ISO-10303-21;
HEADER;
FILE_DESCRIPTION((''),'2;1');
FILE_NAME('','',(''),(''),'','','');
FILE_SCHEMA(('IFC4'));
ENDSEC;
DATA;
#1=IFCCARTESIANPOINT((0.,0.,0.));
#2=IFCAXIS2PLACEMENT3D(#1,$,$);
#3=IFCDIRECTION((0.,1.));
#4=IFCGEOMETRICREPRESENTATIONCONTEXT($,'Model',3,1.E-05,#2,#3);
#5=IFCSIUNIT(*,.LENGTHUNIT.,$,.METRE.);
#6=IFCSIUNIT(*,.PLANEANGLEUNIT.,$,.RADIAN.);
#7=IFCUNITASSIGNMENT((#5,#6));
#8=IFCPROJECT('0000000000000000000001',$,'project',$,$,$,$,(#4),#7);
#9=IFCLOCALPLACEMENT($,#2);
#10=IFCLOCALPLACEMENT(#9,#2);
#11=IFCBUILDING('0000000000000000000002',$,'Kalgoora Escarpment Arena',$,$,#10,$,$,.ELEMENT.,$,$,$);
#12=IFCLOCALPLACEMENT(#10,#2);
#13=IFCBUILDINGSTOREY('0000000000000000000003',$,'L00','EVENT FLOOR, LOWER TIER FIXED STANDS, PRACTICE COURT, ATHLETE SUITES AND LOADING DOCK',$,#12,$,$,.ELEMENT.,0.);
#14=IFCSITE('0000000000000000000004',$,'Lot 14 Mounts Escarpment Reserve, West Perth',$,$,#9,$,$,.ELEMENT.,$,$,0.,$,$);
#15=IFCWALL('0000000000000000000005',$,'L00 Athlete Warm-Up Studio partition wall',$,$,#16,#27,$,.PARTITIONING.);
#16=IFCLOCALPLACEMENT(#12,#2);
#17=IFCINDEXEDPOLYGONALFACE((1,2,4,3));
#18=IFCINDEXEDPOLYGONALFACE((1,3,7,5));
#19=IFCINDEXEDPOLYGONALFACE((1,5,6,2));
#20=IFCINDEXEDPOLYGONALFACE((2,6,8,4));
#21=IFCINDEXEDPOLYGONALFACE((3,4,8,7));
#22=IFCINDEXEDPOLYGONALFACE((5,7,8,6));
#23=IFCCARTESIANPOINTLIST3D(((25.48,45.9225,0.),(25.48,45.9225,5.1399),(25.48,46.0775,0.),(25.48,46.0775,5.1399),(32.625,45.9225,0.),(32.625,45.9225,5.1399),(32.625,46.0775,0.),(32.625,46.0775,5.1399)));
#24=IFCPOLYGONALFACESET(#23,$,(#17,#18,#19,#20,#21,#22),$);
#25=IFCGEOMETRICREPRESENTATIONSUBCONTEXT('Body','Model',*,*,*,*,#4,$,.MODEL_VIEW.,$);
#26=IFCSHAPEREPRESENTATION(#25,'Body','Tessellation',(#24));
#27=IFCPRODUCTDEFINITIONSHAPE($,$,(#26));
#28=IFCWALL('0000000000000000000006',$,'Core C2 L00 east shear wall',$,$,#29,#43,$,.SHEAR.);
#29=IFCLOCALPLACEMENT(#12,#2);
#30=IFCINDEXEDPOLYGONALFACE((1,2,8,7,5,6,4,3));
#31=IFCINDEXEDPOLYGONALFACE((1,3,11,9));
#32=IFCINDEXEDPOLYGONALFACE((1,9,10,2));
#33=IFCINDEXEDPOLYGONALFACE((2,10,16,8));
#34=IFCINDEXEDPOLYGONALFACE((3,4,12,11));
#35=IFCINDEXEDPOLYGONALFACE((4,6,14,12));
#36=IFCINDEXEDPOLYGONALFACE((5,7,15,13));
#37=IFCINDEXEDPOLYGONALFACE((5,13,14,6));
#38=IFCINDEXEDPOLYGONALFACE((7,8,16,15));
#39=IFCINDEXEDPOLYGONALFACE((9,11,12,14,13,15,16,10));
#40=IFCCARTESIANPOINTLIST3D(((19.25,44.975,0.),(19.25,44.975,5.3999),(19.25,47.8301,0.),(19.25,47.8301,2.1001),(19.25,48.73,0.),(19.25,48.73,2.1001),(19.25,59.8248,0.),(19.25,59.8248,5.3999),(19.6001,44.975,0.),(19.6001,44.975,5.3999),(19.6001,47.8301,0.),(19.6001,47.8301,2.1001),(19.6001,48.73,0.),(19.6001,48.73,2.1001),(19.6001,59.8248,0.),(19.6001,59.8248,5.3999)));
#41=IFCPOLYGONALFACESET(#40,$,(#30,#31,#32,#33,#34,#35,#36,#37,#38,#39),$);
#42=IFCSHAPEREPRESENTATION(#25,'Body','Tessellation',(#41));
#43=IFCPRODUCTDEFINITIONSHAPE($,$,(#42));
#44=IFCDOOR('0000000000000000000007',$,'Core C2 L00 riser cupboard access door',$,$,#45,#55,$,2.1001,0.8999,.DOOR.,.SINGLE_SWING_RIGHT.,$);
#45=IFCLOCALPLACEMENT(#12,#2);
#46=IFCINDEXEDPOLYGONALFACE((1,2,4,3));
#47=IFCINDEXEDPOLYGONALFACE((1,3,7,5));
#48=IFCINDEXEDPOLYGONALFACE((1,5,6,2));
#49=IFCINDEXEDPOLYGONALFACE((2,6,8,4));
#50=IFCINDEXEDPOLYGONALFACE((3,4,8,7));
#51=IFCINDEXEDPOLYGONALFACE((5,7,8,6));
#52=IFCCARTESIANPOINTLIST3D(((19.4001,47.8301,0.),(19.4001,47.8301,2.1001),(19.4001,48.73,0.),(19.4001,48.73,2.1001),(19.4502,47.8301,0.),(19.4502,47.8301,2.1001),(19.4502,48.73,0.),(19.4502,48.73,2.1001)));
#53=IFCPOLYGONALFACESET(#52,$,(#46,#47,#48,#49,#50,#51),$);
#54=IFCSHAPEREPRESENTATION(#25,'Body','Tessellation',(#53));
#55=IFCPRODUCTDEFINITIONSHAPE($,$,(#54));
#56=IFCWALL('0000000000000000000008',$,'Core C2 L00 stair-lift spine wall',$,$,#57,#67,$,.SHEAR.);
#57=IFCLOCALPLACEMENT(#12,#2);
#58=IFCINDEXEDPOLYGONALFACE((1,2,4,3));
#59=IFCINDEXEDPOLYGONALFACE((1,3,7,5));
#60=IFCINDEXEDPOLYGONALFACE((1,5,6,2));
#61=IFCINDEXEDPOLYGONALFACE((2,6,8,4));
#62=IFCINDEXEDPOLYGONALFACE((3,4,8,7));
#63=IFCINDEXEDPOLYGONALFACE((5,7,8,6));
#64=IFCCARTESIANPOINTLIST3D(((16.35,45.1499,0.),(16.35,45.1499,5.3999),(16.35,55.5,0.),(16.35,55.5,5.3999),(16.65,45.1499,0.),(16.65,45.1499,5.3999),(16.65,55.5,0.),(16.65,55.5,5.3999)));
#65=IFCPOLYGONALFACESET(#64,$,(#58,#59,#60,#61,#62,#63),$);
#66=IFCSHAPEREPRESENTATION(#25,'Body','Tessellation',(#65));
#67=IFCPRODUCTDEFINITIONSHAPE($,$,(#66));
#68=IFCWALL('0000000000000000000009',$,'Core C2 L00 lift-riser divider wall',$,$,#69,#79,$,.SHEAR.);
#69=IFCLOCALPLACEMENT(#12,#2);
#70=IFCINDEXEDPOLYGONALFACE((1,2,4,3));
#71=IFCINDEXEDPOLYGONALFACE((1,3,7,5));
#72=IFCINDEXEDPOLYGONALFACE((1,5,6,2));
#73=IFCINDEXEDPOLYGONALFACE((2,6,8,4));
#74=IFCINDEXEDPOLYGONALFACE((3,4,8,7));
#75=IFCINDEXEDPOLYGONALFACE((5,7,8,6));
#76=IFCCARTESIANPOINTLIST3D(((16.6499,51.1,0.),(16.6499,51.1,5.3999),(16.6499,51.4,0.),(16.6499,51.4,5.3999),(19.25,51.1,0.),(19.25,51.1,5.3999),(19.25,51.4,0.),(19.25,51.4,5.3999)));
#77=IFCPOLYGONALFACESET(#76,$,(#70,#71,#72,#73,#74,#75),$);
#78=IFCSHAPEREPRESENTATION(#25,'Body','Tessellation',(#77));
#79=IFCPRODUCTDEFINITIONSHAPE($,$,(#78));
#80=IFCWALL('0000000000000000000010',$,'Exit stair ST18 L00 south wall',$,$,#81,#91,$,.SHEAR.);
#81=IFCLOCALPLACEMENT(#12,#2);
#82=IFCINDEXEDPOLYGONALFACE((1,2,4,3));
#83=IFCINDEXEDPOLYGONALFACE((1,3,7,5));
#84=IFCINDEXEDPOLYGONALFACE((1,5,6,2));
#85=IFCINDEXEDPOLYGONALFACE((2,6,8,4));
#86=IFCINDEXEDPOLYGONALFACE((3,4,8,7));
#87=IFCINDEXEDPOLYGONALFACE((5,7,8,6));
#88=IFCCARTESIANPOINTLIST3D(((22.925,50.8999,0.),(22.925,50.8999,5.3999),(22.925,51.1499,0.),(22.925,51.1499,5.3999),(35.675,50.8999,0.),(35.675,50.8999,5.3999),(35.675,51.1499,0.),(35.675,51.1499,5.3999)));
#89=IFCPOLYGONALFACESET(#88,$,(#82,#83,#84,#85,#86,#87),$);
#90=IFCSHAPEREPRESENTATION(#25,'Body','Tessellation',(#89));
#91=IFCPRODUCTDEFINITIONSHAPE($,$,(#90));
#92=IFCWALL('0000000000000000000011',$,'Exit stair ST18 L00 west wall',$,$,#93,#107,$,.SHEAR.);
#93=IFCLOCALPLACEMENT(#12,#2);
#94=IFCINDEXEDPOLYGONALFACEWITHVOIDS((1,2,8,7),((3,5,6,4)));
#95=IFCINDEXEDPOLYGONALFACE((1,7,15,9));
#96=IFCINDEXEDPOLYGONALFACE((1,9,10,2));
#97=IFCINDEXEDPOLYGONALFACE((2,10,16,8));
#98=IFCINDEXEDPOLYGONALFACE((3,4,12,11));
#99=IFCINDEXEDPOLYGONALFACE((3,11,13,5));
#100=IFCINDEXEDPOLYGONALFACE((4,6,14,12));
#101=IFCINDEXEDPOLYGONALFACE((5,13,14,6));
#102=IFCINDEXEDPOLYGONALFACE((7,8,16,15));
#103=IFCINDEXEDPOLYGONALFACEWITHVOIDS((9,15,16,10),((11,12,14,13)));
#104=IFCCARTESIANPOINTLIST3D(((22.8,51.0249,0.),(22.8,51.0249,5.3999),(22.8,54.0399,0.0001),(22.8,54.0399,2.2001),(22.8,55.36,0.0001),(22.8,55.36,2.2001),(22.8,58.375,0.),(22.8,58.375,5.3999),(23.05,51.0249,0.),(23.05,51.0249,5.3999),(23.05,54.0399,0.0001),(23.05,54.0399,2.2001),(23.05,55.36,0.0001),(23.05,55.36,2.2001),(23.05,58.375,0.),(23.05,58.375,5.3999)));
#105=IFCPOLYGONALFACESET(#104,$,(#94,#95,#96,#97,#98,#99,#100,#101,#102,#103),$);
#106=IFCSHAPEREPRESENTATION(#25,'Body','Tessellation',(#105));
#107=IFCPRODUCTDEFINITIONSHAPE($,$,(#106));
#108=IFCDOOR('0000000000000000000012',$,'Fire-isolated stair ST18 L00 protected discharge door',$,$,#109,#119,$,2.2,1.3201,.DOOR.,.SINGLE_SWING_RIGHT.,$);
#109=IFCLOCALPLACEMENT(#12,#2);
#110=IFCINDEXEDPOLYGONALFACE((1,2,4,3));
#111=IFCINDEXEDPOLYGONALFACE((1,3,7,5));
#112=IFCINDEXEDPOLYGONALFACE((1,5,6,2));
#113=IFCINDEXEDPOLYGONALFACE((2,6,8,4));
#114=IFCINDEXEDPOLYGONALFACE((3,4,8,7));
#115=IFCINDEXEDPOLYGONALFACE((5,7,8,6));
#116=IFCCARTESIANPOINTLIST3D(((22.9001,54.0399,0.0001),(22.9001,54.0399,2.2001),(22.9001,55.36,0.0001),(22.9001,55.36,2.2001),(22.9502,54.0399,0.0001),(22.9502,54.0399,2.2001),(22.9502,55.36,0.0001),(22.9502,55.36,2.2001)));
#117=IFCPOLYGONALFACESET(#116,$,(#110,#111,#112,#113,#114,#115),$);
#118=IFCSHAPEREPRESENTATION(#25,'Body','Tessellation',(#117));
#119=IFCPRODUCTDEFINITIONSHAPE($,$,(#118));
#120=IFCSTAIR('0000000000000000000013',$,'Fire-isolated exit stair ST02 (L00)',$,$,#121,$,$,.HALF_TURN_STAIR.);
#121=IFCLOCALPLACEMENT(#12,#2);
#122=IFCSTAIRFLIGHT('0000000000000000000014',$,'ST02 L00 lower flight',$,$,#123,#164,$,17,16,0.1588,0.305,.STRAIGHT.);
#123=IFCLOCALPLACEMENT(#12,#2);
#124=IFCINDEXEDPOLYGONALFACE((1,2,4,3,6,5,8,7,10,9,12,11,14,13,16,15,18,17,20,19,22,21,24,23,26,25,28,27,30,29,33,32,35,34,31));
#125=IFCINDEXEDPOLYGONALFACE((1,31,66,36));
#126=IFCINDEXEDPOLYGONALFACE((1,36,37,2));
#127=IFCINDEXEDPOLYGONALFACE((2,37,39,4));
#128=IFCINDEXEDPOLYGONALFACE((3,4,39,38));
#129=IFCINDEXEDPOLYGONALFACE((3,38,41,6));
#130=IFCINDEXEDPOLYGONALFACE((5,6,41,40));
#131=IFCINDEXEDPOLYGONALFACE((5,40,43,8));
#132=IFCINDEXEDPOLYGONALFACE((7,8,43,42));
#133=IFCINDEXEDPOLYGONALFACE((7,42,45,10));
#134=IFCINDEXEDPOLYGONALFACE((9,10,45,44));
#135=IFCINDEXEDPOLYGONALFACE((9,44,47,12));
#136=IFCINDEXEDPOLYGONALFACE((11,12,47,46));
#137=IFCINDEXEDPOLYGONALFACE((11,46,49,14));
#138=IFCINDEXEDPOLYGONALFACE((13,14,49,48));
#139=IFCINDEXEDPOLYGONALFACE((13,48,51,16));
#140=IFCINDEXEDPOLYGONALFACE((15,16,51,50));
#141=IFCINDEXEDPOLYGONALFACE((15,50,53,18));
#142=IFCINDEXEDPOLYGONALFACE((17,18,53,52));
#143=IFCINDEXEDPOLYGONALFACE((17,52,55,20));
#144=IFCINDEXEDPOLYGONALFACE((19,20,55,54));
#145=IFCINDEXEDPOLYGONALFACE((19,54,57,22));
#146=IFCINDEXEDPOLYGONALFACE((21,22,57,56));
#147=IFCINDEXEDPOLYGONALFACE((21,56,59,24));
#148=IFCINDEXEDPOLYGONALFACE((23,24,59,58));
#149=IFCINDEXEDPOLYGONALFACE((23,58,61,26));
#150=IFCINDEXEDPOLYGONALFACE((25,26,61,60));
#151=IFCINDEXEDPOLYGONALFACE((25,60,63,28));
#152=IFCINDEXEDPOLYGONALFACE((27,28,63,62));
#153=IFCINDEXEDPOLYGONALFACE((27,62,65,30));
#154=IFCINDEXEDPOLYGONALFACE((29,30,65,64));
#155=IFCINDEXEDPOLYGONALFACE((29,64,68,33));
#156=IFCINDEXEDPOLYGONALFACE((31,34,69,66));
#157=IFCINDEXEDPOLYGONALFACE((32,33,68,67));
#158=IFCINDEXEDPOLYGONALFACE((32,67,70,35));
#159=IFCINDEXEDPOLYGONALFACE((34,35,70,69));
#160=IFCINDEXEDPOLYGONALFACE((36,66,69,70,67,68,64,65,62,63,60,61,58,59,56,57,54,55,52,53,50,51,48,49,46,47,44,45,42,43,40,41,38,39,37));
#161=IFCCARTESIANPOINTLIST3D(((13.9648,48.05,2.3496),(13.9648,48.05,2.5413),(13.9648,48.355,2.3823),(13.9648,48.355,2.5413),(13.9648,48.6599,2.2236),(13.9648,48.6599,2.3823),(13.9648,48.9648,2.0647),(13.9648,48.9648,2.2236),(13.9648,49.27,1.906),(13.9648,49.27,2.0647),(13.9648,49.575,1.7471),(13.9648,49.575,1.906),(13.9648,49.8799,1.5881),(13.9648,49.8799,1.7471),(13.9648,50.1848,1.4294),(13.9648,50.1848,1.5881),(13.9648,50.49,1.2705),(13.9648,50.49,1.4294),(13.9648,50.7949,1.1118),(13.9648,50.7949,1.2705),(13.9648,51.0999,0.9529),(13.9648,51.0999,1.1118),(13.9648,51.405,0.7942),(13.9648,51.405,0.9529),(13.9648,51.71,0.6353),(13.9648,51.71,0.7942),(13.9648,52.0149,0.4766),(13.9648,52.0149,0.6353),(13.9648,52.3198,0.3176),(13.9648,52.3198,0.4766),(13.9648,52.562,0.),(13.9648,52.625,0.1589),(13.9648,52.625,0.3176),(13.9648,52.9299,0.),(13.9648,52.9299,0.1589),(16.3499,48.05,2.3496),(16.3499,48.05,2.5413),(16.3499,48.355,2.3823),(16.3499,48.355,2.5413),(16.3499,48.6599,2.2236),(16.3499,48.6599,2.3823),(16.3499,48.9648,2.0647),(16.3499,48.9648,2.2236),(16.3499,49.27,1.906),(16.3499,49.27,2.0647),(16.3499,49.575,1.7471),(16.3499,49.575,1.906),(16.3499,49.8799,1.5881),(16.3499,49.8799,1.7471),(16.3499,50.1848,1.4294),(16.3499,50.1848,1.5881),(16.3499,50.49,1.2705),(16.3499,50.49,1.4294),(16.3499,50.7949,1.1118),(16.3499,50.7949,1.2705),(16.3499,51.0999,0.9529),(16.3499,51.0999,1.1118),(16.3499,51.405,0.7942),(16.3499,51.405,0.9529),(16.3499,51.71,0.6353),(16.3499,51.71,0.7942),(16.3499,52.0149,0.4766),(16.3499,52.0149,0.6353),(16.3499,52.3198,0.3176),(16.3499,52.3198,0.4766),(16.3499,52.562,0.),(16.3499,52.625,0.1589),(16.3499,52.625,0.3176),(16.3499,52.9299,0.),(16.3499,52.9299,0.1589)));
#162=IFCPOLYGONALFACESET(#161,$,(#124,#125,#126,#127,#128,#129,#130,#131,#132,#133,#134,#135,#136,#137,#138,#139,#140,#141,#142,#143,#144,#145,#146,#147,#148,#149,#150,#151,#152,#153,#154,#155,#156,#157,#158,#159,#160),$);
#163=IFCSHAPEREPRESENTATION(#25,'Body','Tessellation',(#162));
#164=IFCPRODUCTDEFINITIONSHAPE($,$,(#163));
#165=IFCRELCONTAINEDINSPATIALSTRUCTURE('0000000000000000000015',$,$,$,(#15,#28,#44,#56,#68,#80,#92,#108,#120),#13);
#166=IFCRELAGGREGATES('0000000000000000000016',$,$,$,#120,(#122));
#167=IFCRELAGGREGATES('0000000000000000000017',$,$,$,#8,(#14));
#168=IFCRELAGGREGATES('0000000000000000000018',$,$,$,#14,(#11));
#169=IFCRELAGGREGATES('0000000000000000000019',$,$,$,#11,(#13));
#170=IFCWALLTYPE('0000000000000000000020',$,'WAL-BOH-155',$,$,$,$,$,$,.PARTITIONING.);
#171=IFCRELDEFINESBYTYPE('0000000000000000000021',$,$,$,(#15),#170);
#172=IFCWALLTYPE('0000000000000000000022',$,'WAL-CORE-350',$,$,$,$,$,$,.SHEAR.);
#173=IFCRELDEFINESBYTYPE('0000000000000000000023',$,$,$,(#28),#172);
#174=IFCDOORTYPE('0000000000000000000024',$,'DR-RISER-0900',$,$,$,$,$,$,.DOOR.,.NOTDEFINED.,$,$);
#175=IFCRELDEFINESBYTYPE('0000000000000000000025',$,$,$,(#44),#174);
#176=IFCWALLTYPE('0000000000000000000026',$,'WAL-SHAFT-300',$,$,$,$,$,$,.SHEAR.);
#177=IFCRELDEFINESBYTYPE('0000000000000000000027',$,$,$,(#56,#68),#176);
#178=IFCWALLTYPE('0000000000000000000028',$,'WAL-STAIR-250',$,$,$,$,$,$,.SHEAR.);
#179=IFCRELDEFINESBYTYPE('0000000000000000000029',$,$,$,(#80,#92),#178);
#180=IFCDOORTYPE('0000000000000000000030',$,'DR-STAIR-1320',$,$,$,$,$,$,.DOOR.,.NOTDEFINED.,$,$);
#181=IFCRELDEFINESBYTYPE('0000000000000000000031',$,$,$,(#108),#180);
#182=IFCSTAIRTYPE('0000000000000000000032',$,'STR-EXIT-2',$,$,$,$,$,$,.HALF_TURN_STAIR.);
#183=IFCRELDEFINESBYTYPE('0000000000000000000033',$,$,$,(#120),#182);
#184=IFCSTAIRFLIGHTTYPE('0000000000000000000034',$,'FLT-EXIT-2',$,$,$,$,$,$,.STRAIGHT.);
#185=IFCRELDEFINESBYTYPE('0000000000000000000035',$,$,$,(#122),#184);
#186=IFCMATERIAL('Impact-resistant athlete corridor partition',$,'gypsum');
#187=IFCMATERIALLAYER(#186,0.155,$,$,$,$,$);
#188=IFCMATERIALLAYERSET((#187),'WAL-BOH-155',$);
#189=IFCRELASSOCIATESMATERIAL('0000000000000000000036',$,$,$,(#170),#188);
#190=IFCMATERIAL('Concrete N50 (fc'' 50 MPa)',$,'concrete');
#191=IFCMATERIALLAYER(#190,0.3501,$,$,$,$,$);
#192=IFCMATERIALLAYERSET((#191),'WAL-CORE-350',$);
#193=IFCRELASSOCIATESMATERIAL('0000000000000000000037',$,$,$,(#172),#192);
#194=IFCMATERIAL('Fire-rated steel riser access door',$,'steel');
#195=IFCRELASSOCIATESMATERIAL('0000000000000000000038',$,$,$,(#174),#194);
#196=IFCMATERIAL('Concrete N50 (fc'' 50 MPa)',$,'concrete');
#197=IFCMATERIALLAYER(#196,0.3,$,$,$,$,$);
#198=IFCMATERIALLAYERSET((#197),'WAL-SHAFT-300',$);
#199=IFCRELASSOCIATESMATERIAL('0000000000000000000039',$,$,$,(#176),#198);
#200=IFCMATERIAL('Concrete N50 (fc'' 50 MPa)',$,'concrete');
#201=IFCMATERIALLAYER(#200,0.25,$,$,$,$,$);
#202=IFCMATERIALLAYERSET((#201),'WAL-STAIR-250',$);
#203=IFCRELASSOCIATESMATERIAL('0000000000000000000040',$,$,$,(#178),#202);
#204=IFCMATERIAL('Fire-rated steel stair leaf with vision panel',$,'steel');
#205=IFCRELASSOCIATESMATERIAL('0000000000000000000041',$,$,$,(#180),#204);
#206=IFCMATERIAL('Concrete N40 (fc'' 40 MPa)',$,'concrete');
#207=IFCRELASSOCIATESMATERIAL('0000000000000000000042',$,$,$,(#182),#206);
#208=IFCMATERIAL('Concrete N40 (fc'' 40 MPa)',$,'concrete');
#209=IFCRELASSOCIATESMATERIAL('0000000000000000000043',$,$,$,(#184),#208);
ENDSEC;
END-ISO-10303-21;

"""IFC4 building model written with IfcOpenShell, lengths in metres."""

from ifc_helpers import new_model, si_unit, direction, frame, frame_2d, origin, place, context, subcontext, project, spatial, polyline, rectangle, outline, extrude, material, layer, layer_set, type_object, element, fill, aggregate, save


model = new_model("IFC4")

# Units and contexts
model_context = context("Model", 3, precision=1e-05, world=origin(), true_north=direction((0.0, 1.0)))
body_context = subcontext(model_context, "Body", "Model", "MODEL_VIEW")
ifc_project = project(units=[si_unit("LENGTHUNIT", "METRE"), si_unit("PLANEANGLEUNIT", "RADIAN")], contexts=[model_context])

# Site, building, storey
site_placement = place(None, origin())
site = spatial("IfcSite", under=ifc_project, at=site_placement, Name="Lot 14 Mounts Escarpment Reserve, West Perth", CompositionType="ELEMENT", RefElevation=0.0)
building_placement = place(site_placement, origin())
building = spatial("IfcBuilding", under=site, at=building_placement, Name="Kalgoora Escarpment Arena", CompositionType="ELEMENT")
storey_placement = place(building_placement, origin())
storey = spatial("IfcBuildingStorey", under=building, at=storey_placement, Name="L00", Description="EVENT FLOOR, LOWER TIER FIXED STANDS, PRACTICE COURT, ATHLETE SUITES AND LOADING DOCK", CompositionType="ELEMENT", Elevation=0.0)

# Wall
ifc_material_1 = material(Name="Impact-resistant athlete corridor partition", Category="gypsum")
ifc_layer_1 = layer(ifc_material_1, 0.155)
ifc_layer_set_1 = layer_set([ifc_layer_1], Name="WAL-BOH-155")
wall_type_1 = type_object("IfcWallType", Name="WAL-BOH-155", PredefinedType="PARTITIONING", material=ifc_layer_set_1)
wall_1_placement = place(storey_placement, frame((25.48, 46.0, 0.0), z_axis=(0.0, 0.0, 1.0), x_axis=(1.0, 0.0, 0.0)))
element("IfcWall", 1, at=wall_1_placement, inside=storey, type_object=wall_type_1, Name="L00 Athlete Warm-Up Studio partition wall", PredefinedType="PARTITIONING", context=body_context, shape_type="SweptSolid", body=[
    extrude(rectangle(XDim=7.145, YDim=0.155, at=frame_2d((3.5725, 0.0))), origin(), (0.0, 0.0, 1.0), 5.1399),
])

# Wall, opening, door
ifc_material_2 = material(Name="Concrete N50 (fc' 50 MPa)", Category="concrete")
ifc_layer_2 = layer(ifc_material_2, 0.3501)
ifc_layer_set_2 = layer_set([ifc_layer_2], Name="WAL-CORE-350")
wall_type_2 = type_object("IfcWallType", Name="WAL-CORE-350", PredefinedType="SHEAR", material=ifc_layer_set_2)
wall_2_placement = place(storey_placement, frame((19.425, 44.9751, 0.0), z_axis=(0.0, 0.0, 1.0), x_axis=(0.0, 1.0, 0.0)))
wall_2 = element("IfcWall", 2, at=wall_2_placement, inside=storey, type_object=wall_type_2, Name="Core C2 L00 east shear wall", PredefinedType="SHEAR", context=body_context, shape_type="SweptSolid", body=[
    extrude(rectangle(XDim=14.8499, YDim=0.3501, at=frame_2d((7.4248, 0.0))), origin(), (0.0, 0.0, 1.0), 5.3999),
])
opening_1_placement = place(wall_2_placement, frame((2.855, 0.0, 0.0)))
opening_1 = element("IfcOpeningElement", 3, at=opening_1_placement, cuts=wall_2, PredefinedType="OPENING", context=body_context, shape_type="SweptSolid", body=[
    extrude(rectangle(XDim=0.8999, YDim=2.1001, at=frame_2d((0.45, 1.05))), frame((0.0, 0.1851, 0.0), z_axis=(0.0, -1.0, 0.0), x_axis=(1.0, 0.0, 0.0)), (0.0, 0.0, 1.0), 0.3701),
])
ifc_material_3 = material(Name="Fire-rated steel riser access door", Category="steel")
door_type_1 = type_object("IfcDoorType", Name="DR-RISER-0900", OperationType="NOTDEFINED", PredefinedType="DOOR", material=ifc_material_3)
door_1_placement = place(opening_1_placement, origin())
door_1 = element("IfcDoor", 4, at=door_1_placement, inside=storey, type_object=door_type_1, Name="Core C2 L00 riser cupboard access door", OperationType="SINGLE_SWING_RIGHT", OverallHeight=2.1001, OverallWidth=0.8999, PredefinedType="DOOR", context=body_context, shape_type="SweptSolid", body=[
    extrude(rectangle(XDim=0.8999, YDim=2.1001, at=frame_2d((0.45, 1.05))), frame((0.0, 0.0249, 0.0), z_axis=(0.0, -1.0, 0.0), x_axis=(1.0, 0.0, 0.0)), (0.0, 0.0, 1.0), 0.05),
])
fill(opening_1, door_1)

# Walls
ifc_material_4 = material(Name="Concrete N50 (fc' 50 MPa)", Category="concrete")
ifc_layer_3 = layer(ifc_material_4, 0.3)
ifc_layer_set_3 = layer_set([ifc_layer_3], Name="WAL-SHAFT-300")
wall_type_3 = type_object("IfcWallType", Name="WAL-SHAFT-300", PredefinedType="SHEAR", material=ifc_layer_set_3)
wall_3_placement = place(storey_placement, frame((16.5, 45.1499, 0.0), z_axis=(0.0, 0.0, 1.0), x_axis=(0.0, 1.0, 0.0)))
element("IfcWall", 5, at=wall_3_placement, inside=storey, type_object=wall_type_3, Name="Core C2 L00 stair-lift spine wall", PredefinedType="SHEAR", context=body_context, shape_type="SweptSolid", body=[
    extrude(rectangle(XDim=10.3501, YDim=0.3, at=frame_2d((5.175, 0.0))), origin(), (0.0, 0.0, 1.0), 5.3999),
])
wall_4_placement = place(storey_placement, frame((16.6499, 51.25, 0.0), z_axis=(0.0, 0.0, 1.0), x_axis=(1.0, 0.0, 0.0)))
element("IfcWall", 6, at=wall_4_placement, inside=storey, type_object=wall_type_3, Name="Core C2 L00 lift-riser divider wall", PredefinedType="SHEAR", context=body_context, shape_type="SweptSolid", body=[
    extrude(rectangle(XDim=2.6001, YDim=0.3, at=frame_2d((1.3, 0.0))), origin(), (0.0, 0.0, 1.0), 5.3999),
])
ifc_material_5 = material(Name="Concrete N50 (fc' 50 MPa)", Category="concrete")
ifc_layer_4 = layer(ifc_material_5, 0.25)
ifc_layer_set_4 = layer_set([ifc_layer_4], Name="WAL-STAIR-250")
wall_type_4 = type_object("IfcWallType", Name="WAL-STAIR-250", PredefinedType="SHEAR", material=ifc_layer_set_4)
wall_5_placement = place(storey_placement, frame((22.925, 51.0249, 0.0), z_axis=(0.0, 0.0, 1.0), x_axis=(1.0, 0.0, 0.0)))
element("IfcWall", 7, at=wall_5_placement, inside=storey, type_object=wall_type_4, Name="Exit stair ST18 L00 south wall", PredefinedType="SHEAR", context=body_context, shape_type="SweptSolid", body=[
    extrude(rectangle(XDim=12.75, YDim=0.25, at=frame_2d((6.375, 0.0))), origin(), (0.0, 0.0, 1.0), 5.3999),
])

# Wall, opening, door
wall_6_placement = place(storey_placement, frame((22.925, 51.0249, 0.0), z_axis=(0.0, 0.0, 1.0), x_axis=(0.0, 1.0, 0.0)))
wall_6 = element("IfcWall", 8, at=wall_6_placement, inside=storey, type_object=wall_type_4, Name="Exit stair ST18 L00 west wall", PredefinedType="SHEAR", context=body_context, shape_type="SweptSolid", body=[
    extrude(rectangle(XDim=7.3501, YDim=0.25, at=frame_2d((3.675, 0.0))), origin(), (0.0, 0.0, 1.0), 5.3999),
])
opening_2_placement = place(wall_6_placement, frame((3.0149, 0.0, 0.0)))
opening_2 = element("IfcOpeningElement", 9, at=opening_2_placement, cuts=wall_6, PredefinedType="OPENING", context=body_context, shape_type="SweptSolid", body=[
    extrude(rectangle(XDim=1.3201, YDim=2.2, at=frame_2d((0.6602, 1.1001))), frame((0.0, 0.135, 0.0), z_axis=(0.0, -1.0, 0.0), x_axis=(1.0, 0.0, 0.0)), (0.0, 0.0, 1.0), 0.27),
])
ifc_material_6 = material(Name="Fire-rated steel stair leaf with vision panel", Category="steel")
door_type_2 = type_object("IfcDoorType", Name="DR-STAIR-1320", OperationType="NOTDEFINED", PredefinedType="DOOR", material=ifc_material_6)
door_2_placement = place(opening_2_placement, origin())
door_2 = element("IfcDoor", 10, at=door_2_placement, inside=storey, type_object=door_type_2, Name="Fire-isolated stair ST18 L00 protected discharge door", OperationType="SINGLE_SWING_RIGHT", OverallHeight=2.2, OverallWidth=1.3201, PredefinedType="DOOR", context=body_context, shape_type="SweptSolid", body=[
    extrude(rectangle(XDim=1.3201, YDim=2.2, at=frame_2d((0.6602, 1.1001))), frame((0.0, 0.0249, 0.0), z_axis=(0.0, -1.0, 0.0), x_axis=(1.0, 0.0, 0.0)), (0.0, 0.0, 1.0), 0.05),
])
fill(opening_2, door_2)

# Stair, stair flight
ifc_material_7 = material(Name="Concrete N40 (fc' 40 MPa)", Category="concrete")
stair_type = type_object("IfcStairType", Name="STR-EXIT-2", PredefinedType="HALF_TURN_STAIR", material=ifc_material_7)
stair_placement = place(storey_placement, origin())
stair = element("IfcStair", 11, at=stair_placement, inside=storey, type_object=stair_type, Name="Fire-isolated exit stair ST02 (L00)", PredefinedType="HALF_TURN_STAIR")
ifc_material_8 = material(Name="Concrete N40 (fc' 40 MPa)", Category="concrete")
stair_flight_type = type_object("IfcStairFlightType", Name="FLT-EXIT-2", PredefinedType="STRAIGHT", material=ifc_material_8)
stair_flight_placement = place(storey_placement, frame((15.1575, 52.9299, 0.0), z_axis=(0.0, 0.0, 1.0), x_axis=(0.0, -1.0, 0.0)))
stair_flight = element("IfcStairFlight", 12, at=stair_flight_placement, type_object=stair_flight_type, Name="ST02 L00 lower flight", NumberOfRisers=17, NumberOfTreads=16, PredefinedType="STRAIGHT", RiserHeight=0.1588, TreadLength=0.305, context=body_context, shape_type="SweptSolid", body=[
    extrude(outline(polyline([(0.0, 0.0), (0.0, 0.1589), (0.3049, 0.1589), (0.3049, 0.3176), (0.6101, 0.3176), (0.6101, 0.4766), (0.915, 0.4766), (0.915, 0.6353), (1.22, 0.6353), (1.22, 0.7942), (1.5249, 0.7942), (1.5249, 0.9529), (1.8301, 0.9529), (1.8301, 1.1118), (2.135, 1.1118), (2.135, 1.2705), (2.4399, 1.2705), (2.4399, 1.4294), (2.7451, 1.4294), (2.7451, 1.5881), (3.05, 1.5881), (3.05, 1.7471), (3.355, 1.7471), (3.355, 1.906), (3.6599, 1.906), (3.6599, 2.0647), (3.9651, 2.0647), (3.9651, 2.2236), (4.27, 2.2236), (4.27, 2.3823), (4.575, 2.3823), (4.575, 2.5413), (4.8799, 2.5413), (4.8799, 2.7), (4.8799, 2.3496), (0.3679, 0.0), (0.0, 0.0)])), frame((0.0, 1.1924, 0.0), z_axis=(0.0, -1.0, 0.0), x_axis=(1.0, 0.0, 0.0)), (0.0, 0.0, 1.0), 2.385),
])
aggregate(stair, [stair_flight])

save(model, "model.ifc")
